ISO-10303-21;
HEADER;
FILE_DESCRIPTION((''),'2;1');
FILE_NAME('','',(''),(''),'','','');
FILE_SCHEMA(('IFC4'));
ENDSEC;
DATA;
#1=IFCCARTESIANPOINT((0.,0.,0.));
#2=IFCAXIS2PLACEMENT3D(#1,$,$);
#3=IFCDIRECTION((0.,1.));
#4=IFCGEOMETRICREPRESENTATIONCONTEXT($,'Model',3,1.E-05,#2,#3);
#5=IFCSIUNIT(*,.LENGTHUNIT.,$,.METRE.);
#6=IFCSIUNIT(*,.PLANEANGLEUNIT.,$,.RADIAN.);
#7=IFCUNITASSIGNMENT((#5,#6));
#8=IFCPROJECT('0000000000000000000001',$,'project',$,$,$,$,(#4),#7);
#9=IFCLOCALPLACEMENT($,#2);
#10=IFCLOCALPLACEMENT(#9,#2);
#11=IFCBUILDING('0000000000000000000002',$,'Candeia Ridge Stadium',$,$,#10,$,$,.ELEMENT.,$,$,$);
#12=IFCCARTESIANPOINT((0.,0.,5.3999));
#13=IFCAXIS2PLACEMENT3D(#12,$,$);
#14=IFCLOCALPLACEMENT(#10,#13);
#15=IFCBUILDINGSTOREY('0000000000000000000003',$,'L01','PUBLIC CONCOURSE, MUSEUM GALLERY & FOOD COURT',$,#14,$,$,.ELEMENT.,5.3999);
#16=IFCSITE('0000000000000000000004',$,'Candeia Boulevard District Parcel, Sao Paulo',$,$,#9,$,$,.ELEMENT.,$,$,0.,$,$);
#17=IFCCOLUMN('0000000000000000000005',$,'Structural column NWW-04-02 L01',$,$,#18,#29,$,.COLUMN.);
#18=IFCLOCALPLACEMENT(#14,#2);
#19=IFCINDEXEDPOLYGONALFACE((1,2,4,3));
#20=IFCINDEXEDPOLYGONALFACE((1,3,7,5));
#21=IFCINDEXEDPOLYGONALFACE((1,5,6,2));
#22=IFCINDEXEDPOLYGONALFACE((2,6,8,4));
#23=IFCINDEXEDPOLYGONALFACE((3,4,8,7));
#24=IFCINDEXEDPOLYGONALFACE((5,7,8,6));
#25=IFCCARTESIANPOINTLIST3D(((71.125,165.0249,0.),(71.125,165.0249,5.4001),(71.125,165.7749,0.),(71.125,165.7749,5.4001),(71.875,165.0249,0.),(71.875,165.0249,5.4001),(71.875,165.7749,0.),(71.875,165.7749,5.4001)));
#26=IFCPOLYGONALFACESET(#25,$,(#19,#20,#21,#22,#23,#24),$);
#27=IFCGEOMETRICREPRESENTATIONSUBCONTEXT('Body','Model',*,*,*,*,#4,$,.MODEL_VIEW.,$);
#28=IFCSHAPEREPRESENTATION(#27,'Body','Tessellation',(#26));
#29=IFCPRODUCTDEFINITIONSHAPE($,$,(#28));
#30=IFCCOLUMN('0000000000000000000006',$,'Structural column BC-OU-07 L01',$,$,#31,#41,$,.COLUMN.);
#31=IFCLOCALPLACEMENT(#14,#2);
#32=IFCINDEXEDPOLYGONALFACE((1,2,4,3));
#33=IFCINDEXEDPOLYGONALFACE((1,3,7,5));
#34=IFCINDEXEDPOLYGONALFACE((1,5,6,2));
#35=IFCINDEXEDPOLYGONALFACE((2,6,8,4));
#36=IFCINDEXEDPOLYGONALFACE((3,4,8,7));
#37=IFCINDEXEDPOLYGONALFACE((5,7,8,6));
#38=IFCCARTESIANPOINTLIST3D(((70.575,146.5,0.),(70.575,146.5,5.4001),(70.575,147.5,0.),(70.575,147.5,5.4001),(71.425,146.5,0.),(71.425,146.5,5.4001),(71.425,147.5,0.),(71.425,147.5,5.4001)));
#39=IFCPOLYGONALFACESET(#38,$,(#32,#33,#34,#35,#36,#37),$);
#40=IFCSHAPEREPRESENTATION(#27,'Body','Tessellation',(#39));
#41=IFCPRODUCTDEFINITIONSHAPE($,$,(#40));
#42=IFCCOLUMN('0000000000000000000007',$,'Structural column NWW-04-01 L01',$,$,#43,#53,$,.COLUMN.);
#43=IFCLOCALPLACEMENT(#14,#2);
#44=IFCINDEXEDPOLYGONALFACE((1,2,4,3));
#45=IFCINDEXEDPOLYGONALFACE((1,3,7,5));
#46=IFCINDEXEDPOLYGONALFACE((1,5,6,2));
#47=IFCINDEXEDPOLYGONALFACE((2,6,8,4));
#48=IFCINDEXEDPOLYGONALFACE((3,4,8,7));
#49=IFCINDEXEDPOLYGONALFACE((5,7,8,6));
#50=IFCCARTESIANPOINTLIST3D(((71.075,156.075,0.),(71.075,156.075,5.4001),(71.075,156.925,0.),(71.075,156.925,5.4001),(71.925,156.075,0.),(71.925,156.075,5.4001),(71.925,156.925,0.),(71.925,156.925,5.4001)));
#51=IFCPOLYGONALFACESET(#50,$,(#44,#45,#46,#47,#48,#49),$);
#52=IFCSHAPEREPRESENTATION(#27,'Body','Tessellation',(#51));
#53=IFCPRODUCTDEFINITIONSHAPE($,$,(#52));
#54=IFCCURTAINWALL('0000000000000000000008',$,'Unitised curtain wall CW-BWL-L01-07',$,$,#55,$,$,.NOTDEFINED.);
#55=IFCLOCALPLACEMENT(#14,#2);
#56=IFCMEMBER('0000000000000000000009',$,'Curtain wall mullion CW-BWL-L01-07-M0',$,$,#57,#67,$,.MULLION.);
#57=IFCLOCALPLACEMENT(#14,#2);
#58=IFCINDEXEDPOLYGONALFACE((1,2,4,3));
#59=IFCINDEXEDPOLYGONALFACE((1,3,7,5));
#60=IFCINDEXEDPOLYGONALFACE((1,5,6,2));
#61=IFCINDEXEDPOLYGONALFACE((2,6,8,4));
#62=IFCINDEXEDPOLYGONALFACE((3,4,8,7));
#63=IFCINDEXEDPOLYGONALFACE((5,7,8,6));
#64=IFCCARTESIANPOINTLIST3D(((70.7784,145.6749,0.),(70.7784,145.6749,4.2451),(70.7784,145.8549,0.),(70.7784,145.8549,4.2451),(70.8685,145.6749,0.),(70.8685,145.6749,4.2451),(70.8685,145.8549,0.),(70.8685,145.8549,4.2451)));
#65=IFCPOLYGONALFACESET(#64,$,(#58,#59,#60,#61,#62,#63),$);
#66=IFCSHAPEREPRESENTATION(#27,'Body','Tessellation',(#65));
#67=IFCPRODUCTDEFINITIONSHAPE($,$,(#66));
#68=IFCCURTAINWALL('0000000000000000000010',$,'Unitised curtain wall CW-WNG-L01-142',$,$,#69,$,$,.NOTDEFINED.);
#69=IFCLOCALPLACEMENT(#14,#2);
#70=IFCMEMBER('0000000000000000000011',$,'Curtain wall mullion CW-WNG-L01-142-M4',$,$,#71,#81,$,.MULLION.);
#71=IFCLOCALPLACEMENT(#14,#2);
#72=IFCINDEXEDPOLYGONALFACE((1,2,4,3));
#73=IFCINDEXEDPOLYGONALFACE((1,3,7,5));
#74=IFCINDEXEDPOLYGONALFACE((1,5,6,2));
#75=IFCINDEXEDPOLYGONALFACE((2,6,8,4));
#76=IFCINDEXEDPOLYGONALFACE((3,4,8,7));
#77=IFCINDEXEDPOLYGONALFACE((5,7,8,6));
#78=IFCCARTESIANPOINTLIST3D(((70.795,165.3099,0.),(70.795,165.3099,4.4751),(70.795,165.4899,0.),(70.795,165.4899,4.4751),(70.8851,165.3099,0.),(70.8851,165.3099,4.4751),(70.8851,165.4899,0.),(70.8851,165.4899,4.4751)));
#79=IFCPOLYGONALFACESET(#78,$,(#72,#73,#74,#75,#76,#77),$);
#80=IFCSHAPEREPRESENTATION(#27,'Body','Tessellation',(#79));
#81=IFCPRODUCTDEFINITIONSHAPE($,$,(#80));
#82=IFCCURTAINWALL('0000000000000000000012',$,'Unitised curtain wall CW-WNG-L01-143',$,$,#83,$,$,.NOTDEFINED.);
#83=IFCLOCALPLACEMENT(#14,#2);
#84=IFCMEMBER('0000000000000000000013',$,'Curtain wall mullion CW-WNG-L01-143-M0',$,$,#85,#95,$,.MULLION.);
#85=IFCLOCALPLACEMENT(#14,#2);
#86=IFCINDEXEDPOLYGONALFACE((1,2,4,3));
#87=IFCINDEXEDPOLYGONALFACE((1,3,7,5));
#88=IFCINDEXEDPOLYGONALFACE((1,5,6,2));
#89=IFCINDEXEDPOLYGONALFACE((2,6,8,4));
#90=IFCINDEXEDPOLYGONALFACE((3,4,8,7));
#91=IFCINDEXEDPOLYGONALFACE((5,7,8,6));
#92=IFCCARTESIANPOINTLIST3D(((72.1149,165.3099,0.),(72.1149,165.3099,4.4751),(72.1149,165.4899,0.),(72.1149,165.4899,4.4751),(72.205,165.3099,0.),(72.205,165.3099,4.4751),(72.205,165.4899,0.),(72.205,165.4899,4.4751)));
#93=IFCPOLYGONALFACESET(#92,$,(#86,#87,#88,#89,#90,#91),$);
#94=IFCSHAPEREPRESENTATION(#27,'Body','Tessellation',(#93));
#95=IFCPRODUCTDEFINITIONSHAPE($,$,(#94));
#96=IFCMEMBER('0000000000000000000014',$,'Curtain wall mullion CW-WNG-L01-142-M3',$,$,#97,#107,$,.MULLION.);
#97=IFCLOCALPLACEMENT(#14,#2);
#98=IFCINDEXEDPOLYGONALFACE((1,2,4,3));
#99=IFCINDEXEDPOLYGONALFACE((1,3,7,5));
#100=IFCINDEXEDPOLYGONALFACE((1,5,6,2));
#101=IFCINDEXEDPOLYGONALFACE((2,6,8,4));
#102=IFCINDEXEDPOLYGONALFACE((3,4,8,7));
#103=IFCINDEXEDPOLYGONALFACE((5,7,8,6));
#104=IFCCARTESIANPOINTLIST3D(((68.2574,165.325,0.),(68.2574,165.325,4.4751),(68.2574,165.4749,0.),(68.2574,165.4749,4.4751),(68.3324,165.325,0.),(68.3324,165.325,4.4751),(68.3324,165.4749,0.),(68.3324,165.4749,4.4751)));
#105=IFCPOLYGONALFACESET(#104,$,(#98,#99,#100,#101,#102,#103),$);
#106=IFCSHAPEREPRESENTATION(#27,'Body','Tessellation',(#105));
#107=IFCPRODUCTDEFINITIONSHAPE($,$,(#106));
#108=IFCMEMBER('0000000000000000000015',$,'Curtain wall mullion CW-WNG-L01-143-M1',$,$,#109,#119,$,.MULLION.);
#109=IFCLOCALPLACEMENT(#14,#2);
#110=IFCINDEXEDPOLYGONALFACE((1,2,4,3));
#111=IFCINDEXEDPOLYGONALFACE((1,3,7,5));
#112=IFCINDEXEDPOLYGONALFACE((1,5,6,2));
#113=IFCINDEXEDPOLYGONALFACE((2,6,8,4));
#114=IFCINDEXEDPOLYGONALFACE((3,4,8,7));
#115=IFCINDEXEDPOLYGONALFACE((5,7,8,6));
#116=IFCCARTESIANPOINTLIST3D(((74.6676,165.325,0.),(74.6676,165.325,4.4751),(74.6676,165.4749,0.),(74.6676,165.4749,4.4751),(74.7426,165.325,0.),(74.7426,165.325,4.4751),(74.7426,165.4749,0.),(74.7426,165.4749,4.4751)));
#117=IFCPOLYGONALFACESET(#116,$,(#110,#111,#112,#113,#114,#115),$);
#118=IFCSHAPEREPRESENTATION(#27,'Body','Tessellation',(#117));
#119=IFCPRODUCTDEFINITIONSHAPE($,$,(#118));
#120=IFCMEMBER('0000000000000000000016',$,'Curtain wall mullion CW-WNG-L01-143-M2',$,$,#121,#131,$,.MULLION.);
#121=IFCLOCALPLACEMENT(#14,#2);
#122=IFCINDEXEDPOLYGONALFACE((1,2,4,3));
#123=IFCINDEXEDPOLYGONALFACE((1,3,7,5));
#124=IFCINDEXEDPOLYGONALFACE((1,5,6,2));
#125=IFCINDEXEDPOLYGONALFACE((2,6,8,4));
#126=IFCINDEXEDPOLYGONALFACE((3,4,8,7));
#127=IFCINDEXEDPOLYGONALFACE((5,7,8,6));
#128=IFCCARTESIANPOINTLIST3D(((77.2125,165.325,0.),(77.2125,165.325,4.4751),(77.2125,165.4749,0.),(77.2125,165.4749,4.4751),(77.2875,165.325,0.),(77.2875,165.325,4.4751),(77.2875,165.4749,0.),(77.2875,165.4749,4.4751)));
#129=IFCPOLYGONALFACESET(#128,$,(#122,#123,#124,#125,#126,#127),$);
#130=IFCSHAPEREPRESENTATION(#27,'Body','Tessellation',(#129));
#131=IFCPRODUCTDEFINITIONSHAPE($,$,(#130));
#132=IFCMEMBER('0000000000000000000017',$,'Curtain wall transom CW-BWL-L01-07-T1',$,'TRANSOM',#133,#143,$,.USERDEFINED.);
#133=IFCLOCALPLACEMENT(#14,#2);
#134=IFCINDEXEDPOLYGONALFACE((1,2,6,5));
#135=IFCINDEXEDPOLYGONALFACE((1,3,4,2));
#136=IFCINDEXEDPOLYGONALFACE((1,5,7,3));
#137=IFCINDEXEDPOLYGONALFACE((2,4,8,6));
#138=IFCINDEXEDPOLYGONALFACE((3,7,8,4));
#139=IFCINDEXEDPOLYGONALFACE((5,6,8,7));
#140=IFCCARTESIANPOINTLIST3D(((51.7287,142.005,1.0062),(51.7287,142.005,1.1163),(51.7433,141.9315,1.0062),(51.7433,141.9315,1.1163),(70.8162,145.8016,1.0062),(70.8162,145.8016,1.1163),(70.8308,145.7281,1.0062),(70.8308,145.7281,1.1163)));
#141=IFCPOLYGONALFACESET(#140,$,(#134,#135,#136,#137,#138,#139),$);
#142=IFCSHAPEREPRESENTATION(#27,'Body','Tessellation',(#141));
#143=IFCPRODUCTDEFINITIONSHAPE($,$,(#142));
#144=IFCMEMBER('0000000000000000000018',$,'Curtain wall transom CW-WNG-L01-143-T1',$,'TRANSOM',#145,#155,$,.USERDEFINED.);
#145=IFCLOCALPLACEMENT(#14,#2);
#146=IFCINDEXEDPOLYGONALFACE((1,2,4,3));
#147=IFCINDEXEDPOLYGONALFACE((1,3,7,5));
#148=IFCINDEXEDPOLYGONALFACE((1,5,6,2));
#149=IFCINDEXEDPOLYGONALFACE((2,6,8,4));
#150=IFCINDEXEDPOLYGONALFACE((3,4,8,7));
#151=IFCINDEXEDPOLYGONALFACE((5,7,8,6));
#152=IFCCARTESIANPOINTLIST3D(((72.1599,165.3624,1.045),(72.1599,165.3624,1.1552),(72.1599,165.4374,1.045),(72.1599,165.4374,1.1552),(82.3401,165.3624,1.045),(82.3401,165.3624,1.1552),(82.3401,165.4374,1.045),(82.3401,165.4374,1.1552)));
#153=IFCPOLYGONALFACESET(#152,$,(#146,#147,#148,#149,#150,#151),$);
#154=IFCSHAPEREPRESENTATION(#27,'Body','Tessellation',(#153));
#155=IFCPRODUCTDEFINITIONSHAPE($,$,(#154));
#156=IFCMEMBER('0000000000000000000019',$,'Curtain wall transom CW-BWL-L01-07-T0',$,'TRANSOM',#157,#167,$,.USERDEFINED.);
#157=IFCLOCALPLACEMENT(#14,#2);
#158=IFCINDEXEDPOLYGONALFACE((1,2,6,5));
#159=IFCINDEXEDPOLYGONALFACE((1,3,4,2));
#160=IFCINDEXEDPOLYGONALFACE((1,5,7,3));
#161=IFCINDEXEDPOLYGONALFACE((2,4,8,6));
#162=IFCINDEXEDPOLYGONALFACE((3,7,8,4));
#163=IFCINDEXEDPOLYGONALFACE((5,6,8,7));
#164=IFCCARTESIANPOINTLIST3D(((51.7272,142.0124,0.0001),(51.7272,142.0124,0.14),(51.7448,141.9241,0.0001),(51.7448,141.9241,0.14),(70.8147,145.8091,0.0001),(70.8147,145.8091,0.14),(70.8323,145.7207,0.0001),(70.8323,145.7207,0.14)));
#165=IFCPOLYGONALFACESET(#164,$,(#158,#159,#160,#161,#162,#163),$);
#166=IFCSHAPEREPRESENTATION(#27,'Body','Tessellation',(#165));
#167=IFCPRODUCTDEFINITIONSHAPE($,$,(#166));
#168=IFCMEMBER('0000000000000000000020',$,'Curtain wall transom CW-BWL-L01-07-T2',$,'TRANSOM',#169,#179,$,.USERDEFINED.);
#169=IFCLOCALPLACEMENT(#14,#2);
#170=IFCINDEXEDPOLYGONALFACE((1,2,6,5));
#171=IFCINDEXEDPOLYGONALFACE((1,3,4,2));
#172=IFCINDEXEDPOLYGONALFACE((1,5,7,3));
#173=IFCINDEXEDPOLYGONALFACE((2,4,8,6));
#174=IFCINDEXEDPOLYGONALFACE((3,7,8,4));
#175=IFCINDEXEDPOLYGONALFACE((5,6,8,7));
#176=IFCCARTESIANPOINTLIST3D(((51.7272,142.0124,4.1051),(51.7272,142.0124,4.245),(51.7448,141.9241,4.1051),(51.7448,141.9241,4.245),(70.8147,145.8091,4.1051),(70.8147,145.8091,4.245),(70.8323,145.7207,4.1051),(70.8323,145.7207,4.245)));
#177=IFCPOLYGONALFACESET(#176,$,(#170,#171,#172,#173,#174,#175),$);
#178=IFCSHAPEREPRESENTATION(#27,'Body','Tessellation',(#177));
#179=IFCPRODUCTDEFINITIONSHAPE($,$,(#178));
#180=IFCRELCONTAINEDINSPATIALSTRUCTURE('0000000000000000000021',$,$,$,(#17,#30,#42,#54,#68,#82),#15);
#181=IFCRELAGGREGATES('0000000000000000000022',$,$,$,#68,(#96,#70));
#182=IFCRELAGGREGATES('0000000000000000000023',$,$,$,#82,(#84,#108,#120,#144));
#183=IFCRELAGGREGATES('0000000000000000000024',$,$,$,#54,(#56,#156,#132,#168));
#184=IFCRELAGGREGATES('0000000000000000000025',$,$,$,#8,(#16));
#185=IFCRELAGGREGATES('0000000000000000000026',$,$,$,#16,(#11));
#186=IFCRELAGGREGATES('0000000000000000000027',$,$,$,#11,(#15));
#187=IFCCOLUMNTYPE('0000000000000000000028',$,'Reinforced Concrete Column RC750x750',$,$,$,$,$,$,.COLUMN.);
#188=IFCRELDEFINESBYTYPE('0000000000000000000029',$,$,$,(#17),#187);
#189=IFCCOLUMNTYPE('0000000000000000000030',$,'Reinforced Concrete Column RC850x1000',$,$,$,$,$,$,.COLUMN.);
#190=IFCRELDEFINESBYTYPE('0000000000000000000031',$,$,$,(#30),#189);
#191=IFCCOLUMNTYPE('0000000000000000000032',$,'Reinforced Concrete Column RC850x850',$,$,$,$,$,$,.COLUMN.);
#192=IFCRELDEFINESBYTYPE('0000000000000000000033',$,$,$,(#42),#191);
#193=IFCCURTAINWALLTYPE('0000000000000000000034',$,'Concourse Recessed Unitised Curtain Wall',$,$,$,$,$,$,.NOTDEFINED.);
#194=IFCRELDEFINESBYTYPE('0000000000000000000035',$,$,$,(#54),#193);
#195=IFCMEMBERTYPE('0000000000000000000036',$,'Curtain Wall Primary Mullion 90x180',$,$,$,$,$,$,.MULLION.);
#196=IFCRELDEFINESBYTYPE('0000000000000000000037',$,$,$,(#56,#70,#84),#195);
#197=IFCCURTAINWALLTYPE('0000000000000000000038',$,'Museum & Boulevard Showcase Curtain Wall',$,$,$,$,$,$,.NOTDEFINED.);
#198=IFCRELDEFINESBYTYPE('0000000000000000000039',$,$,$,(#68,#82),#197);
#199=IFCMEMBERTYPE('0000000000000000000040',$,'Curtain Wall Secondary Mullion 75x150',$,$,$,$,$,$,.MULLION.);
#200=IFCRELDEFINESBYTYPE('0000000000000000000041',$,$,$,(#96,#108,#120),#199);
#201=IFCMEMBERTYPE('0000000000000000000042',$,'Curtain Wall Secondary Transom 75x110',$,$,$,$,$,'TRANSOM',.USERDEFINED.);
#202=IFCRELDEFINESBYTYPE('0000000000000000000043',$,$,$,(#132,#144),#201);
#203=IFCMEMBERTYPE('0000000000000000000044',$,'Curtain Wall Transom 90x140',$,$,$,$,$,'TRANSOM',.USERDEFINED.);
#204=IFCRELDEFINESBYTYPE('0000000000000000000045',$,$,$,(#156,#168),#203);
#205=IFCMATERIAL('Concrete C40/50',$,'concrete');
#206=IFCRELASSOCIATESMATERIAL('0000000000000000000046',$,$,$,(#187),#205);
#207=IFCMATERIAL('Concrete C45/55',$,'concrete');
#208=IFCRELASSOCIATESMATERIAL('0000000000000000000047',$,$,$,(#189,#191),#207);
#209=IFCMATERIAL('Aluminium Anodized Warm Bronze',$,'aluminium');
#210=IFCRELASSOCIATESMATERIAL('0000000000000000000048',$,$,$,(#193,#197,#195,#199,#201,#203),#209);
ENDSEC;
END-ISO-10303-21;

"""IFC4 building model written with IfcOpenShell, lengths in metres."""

from ifc_helpers import new_model, si_unit, direction, frame, origin, origin_2d, place, context, subcontext, project, spatial, rectangle, extrude, material, material_profile, profile_set, type_object, element, aggregate, save


model = new_model("IFC4")

# Units and contexts
model_context = context("Model", 3, precision=1e-05, world=origin(), true_north=direction((0.0, 1.0)))
body_context = subcontext(model_context, "Body", "Model", "MODEL_VIEW")
ifc_project = project(units=[si_unit("LENGTHUNIT", "METRE"), si_unit("PLANEANGLEUNIT", "RADIAN")], contexts=[model_context])

# Site, building, storey
site_placement = place(None, origin())
site = spatial("IfcSite", under=ifc_project, at=site_placement, Name="Candeia Boulevard District Parcel, Sao Paulo", CompositionType="ELEMENT", RefElevation=0.0)
building_placement = place(site_placement, origin())
building = spatial("IfcBuilding", under=site, at=building_placement, Name="Candeia Ridge Stadium", CompositionType="ELEMENT")
storey_placement = place(building_placement, frame((0.0, 0.0, 5.3999)))
storey = spatial("IfcBuildingStorey", under=building, at=storey_placement, Name="L01", Description="PUBLIC CONCOURSE, MUSEUM GALLERY & FOOD COURT", CompositionType="ELEMENT", Elevation=5.3999)

# Columns
ifc_material_1 = material(Name="Concrete C40/50", Category="concrete")
ifc_material_profile_1 = material_profile(ifc_material_1, rectangle(XDim=0.75, YDim=0.75, at=origin_2d()), Name="RC750x750", Category="concrete")
ifc_profile_set_1 = profile_set([ifc_material_profile_1], Name="Concrete C40/50")
column_type_1 = type_object("IfcColumnType", Name="Reinforced Concrete Column RC750x750", PredefinedType="COLUMN", material=ifc_profile_set_1)
column_1_placement = place(storey_placement, frame((71.5, 165.3999, 0.0), z_axis=(0.0, 0.0, 1.0), x_axis=(1.0, 0.0, 0.0)))
element("IfcColumn", 1, at=column_1_placement, inside=storey, type_object=column_type_1, Name="Structural column NWW-04-02 L01", PredefinedType="COLUMN", context=body_context, shape_type="SweptSolid", body=[
    extrude(rectangle(XDim=0.75, YDim=0.75, at=origin_2d()), origin(), (0.0, 0.0, 1.0), 5.4001),
])
ifc_material_2 = material(Name="Concrete C45/55", Category="concrete")
ifc_material_profile_2 = material_profile(ifc_material_2, rectangle(XDim=0.8501, YDim=1.0, at=origin_2d()), Name="RC850x1000", Category="concrete")
ifc_profile_set_2 = profile_set([ifc_material_profile_2], Name="Concrete C45/55")
column_type_2 = type_object("IfcColumnType", Name="Reinforced Concrete Column RC850x1000", PredefinedType="COLUMN", material=ifc_profile_set_2)
column_2_placement = place(storey_placement, frame((71.0, 147.0, 0.0), z_axis=(0.0, 0.0, 1.0), x_axis=(1.0, 0.0, 0.0)))
element("IfcColumn", 2, at=column_2_placement, inside=storey, type_object=column_type_2, Name="Structural column BC-OU-07 L01", PredefinedType="COLUMN", context=body_context, shape_type="SweptSolid", body=[
    extrude(rectangle(XDim=0.8501, YDim=1.0, at=origin_2d()), origin(), (0.0, 0.0, 1.0), 5.4001),
])
ifc_material_profile_3 = material_profile(ifc_material_2, rectangle(XDim=0.8501, YDim=0.8501, at=origin_2d()), Name="RC850x850", Category="concrete")
ifc_profile_set_3 = profile_set([ifc_material_profile_3], Name="Concrete C45/55")
column_type_3 = type_object("IfcColumnType", Name="Reinforced Concrete Column RC850x850", PredefinedType="COLUMN", material=ifc_profile_set_3)
column_3_placement = place(storey_placement, frame((71.5, 156.5, 0.0), z_axis=(0.0, 0.0, 1.0), x_axis=(1.0, 0.0, 0.0)))
element("IfcColumn", 3, at=column_3_placement, inside=storey, type_object=column_type_3, Name="Structural column NWW-04-01 L01", PredefinedType="COLUMN", context=body_context, shape_type="SweptSolid", body=[
    extrude(rectangle(XDim=0.8501, YDim=0.8501, at=origin_2d()), origin(), (0.0, 0.0, 1.0), 5.4001),
])

# Curtain walls, members
ifc_material_3 = material(Name="Aluminium Anodized Warm Bronze", Category="aluminium")
curtain_wall_type_1 = type_object("IfcCurtainWallType", Name="Concourse Recessed Unitised Curtain Wall", PredefinedType="NOTDEFINED", material=ifc_material_3)
curtain_wall_1_placement = place(storey_placement, origin())
curtain_wall_1 = element("IfcCurtainWall", 4, at=curtain_wall_1_placement, inside=storey, type_object=curtain_wall_type_1, Name="Unitised curtain wall CW-BWL-L01-07", PredefinedType="NOTDEFINED")
ifc_material_profile_4 = material_profile(ifc_material_3, rectangle(XDim=0.0901, YDim=0.1799, at=origin_2d()), Name="CWM-90x180", Category="aluminium")
ifc_profile_set_4 = profile_set([ifc_material_profile_4], Name="Aluminium Anodized Warm Bronze")
member_type_1 = type_object("IfcMemberType", Name="Curtain Wall Primary Mullion 90x180", PredefinedType="MULLION", material=ifc_profile_set_4)
member_1_placement = place(storey_placement, frame((70.8235, 145.7649, 0.0), z_axis=(0.0, 0.0, 1.0), x_axis=(1.0, 0.0, 0.0)))
member_1 = element("IfcMember", 5, at=member_1_placement, type_object=member_type_1, Name="Curtain wall mullion CW-BWL-L01-07-M0", PredefinedType="MULLION", context=body_context, shape_type="SweptSolid", body=[
    extrude(rectangle(XDim=0.0901, YDim=0.1799, at=origin_2d()), origin(), (0.0, 0.0, 1.0), 4.2451),
])
curtain_wall_type_2 = type_object("IfcCurtainWallType", Name="Museum & Boulevard Showcase Curtain Wall", PredefinedType="NOTDEFINED", material=ifc_material_3)
curtain_wall_2_placement = place(storey_placement, origin())
curtain_wall_2 = element("IfcCurtainWall", 6, at=curtain_wall_2_placement, inside=storey, type_object=curtain_wall_type_2, Name="Unitised curtain wall CW-WNG-L01-142", PredefinedType="NOTDEFINED")
member_2_placement = place(storey_placement, frame((70.8401, 165.3999, 0.0), z_axis=(0.0, 0.0, 1.0), x_axis=(1.0, 0.0, 0.0)))
member_2 = element("IfcMember", 7, at=member_2_placement, type_object=member_type_1, Name="Curtain wall mullion CW-WNG-L01-142-M4", PredefinedType="MULLION", context=body_context, shape_type="SweptSolid", body=[
    extrude(rectangle(XDim=0.0901, YDim=0.1799, at=origin_2d()), origin(), (0.0, 0.0, 1.0), 4.4751),
])
curtain_wall_3_placement = place(storey_placement, origin())
curtain_wall_3 = element("IfcCurtainWall", 8, at=curtain_wall_3_placement, inside=storey, type_object=curtain_wall_type_2, Name="Unitised curtain wall CW-WNG-L01-143", PredefinedType="NOTDEFINED")
member_3_placement = place(storey_placement, frame((72.1599, 165.3999, 0.0), z_axis=(0.0, 0.0, 1.0), x_axis=(1.0, 0.0, 0.0)))
member_3 = element("IfcMember", 9, at=member_3_placement, type_object=member_type_1, Name="Curtain wall mullion CW-WNG-L01-143-M0", PredefinedType="MULLION", context=body_context, shape_type="SweptSolid", body=[
    extrude(rectangle(XDim=0.0901, YDim=0.1799, at=origin_2d()), origin(), (0.0, 0.0, 1.0), 4.4751),
])

# Members
ifc_material_profile_5 = material_profile(ifc_material_3, rectangle(XDim=0.075, YDim=0.1499, at=origin_2d()), Name="CWM-75x150", Category="aluminium")
ifc_profile_set_5 = profile_set([ifc_material_profile_5], Name="Aluminium Anodized Warm Bronze")
member_type_2 = type_object("IfcMemberType", Name="Curtain Wall Secondary Mullion 75x150", PredefinedType="MULLION", material=ifc_profile_set_5)
member_4_placement = place(storey_placement, frame((68.2949, 165.3999, 0.0), z_axis=(0.0, 0.0, 1.0), x_axis=(1.0, 0.0, 0.0)))
member_4 = element("IfcMember", 10, at=member_4_placement, type_object=member_type_2, Name="Curtain wall mullion CW-WNG-L01-142-M3", PredefinedType="MULLION", context=body_context, shape_type="SweptSolid", body=[
    extrude(rectangle(XDim=0.075, YDim=0.1499, at=origin_2d()), origin(), (0.0, 0.0, 1.0), 4.4751),
])
member_5_placement = place(storey_placement, frame((74.7051, 165.3999, 0.0), z_axis=(0.0, 0.0, 1.0), x_axis=(1.0, 0.0, 0.0)))
member_5 = element("IfcMember", 11, at=member_5_placement, type_object=member_type_2, Name="Curtain wall mullion CW-WNG-L01-143-M1", PredefinedType="MULLION", context=body_context, shape_type="SweptSolid", body=[
    extrude(rectangle(XDim=0.075, YDim=0.1499, at=origin_2d()), origin(), (0.0, 0.0, 1.0), 4.4751),
])
member_6_placement = place(storey_placement, frame((77.25, 165.3999, 0.0), z_axis=(0.0, 0.0, 1.0), x_axis=(1.0, 0.0, 0.0)))
member_6 = element("IfcMember", 12, at=member_6_placement, type_object=member_type_2, Name="Curtain wall mullion CW-WNG-L01-143-M2", PredefinedType="MULLION", context=body_context, shape_type="SweptSolid", body=[
    extrude(rectangle(XDim=0.075, YDim=0.1499, at=origin_2d()), origin(), (0.0, 0.0, 1.0), 4.4751),
])
ifc_material_profile_6 = material_profile(ifc_material_3, rectangle(XDim=0.075, YDim=0.1101, at=origin_2d()), Name="CWT-75x110", Category="aluminium")
ifc_profile_set_6 = profile_set([ifc_material_profile_6], Name="Aluminium Anodized Warm Bronze")
member_type_3 = type_object("IfcMemberType", Name="Curtain Wall Secondary Transom 75x110", ElementType="TRANSOM", PredefinedType="USERDEFINED", material=ifc_profile_set_6)
member_7_placement = place(storey_placement, frame((70.8235, 145.7649, 1.0613), z_axis=(-0.980786, -0.195086, 0.0), x_axis=(0.195086, -0.980786, 0.0)))
member_7 = element("IfcMember", 13, at=member_7_placement, type_object=member_type_3, Name="Curtain wall transom CW-BWL-L01-07-T1", ObjectType="TRANSOM", PredefinedType="USERDEFINED", context=body_context, shape_type="SweptSolid", body=[
    extrude(rectangle(XDim=0.075, YDim=0.1101, at=origin_2d()), origin(), (0.0, 0.0, 1.0), 19.4614),
])
member_8_placement = place(storey_placement, frame((72.1599, 165.3999, 1.1001), z_axis=(1.0, 0.0, 0.0), x_axis=(0.0, 1.0, 0.0)))
member_8 = element("IfcMember", 14, at=member_8_placement, type_object=member_type_3, Name="Curtain wall transom CW-WNG-L01-143-T1", ObjectType="TRANSOM", PredefinedType="USERDEFINED", context=body_context, shape_type="SweptSolid", body=[
    extrude(rectangle(XDim=0.075, YDim=0.1101, at=origin_2d()), origin(), (0.0, 0.0, 1.0), 10.1802),
])
ifc_material_profile_7 = material_profile(ifc_material_3, rectangle(XDim=0.0901, YDim=0.1399, at=origin_2d()), Name="CWT-90x140", Category="aluminium")
ifc_profile_set_7 = profile_set([ifc_material_profile_7], Name="Aluminium Anodized Warm Bronze")
member_type_4 = type_object("IfcMemberType", Name="Curtain Wall Transom 90x140", ElementType="TRANSOM", PredefinedType="USERDEFINED", material=ifc_profile_set_7)
member_9_placement = place(storey_placement, frame((70.8235, 145.7649, 0.0701), z_axis=(-0.980786, -0.195086, 0.0), x_axis=(0.195086, -0.980786, 0.0)))
member_9 = element("IfcMember", 15, at=member_9_placement, type_object=member_type_4, Name="Curtain wall transom CW-BWL-L01-07-T0", ObjectType="TRANSOM", PredefinedType="USERDEFINED", context=body_context, shape_type="SweptSolid", body=[
    extrude(rectangle(XDim=0.0901, YDim=0.1399, at=origin_2d()), origin(), (0.0, 0.0, 1.0), 19.4614),
])
member_10_placement = place(storey_placement, frame((70.8235, 145.7649, 4.175), z_axis=(-0.980786, -0.195086, 0.0), x_axis=(0.195086, -0.980786, 0.0)))
member_10 = element("IfcMember", 16, at=member_10_placement, type_object=member_type_4, Name="Curtain wall transom CW-BWL-L01-07-T2", ObjectType="TRANSOM", PredefinedType="USERDEFINED", context=body_context, shape_type="SweptSolid", body=[
    extrude(rectangle(XDim=0.0901, YDim=0.1399, at=origin_2d()), origin(), (0.0, 0.0, 1.0), 19.4614),
])

aggregate(curtain_wall_2, [member_4, member_2])
aggregate(curtain_wall_3, [member_3, member_5, member_6, member_8])
aggregate(curtain_wall_1, [member_1, member_9, member_7, member_10])

save(model, "model.ifc")
